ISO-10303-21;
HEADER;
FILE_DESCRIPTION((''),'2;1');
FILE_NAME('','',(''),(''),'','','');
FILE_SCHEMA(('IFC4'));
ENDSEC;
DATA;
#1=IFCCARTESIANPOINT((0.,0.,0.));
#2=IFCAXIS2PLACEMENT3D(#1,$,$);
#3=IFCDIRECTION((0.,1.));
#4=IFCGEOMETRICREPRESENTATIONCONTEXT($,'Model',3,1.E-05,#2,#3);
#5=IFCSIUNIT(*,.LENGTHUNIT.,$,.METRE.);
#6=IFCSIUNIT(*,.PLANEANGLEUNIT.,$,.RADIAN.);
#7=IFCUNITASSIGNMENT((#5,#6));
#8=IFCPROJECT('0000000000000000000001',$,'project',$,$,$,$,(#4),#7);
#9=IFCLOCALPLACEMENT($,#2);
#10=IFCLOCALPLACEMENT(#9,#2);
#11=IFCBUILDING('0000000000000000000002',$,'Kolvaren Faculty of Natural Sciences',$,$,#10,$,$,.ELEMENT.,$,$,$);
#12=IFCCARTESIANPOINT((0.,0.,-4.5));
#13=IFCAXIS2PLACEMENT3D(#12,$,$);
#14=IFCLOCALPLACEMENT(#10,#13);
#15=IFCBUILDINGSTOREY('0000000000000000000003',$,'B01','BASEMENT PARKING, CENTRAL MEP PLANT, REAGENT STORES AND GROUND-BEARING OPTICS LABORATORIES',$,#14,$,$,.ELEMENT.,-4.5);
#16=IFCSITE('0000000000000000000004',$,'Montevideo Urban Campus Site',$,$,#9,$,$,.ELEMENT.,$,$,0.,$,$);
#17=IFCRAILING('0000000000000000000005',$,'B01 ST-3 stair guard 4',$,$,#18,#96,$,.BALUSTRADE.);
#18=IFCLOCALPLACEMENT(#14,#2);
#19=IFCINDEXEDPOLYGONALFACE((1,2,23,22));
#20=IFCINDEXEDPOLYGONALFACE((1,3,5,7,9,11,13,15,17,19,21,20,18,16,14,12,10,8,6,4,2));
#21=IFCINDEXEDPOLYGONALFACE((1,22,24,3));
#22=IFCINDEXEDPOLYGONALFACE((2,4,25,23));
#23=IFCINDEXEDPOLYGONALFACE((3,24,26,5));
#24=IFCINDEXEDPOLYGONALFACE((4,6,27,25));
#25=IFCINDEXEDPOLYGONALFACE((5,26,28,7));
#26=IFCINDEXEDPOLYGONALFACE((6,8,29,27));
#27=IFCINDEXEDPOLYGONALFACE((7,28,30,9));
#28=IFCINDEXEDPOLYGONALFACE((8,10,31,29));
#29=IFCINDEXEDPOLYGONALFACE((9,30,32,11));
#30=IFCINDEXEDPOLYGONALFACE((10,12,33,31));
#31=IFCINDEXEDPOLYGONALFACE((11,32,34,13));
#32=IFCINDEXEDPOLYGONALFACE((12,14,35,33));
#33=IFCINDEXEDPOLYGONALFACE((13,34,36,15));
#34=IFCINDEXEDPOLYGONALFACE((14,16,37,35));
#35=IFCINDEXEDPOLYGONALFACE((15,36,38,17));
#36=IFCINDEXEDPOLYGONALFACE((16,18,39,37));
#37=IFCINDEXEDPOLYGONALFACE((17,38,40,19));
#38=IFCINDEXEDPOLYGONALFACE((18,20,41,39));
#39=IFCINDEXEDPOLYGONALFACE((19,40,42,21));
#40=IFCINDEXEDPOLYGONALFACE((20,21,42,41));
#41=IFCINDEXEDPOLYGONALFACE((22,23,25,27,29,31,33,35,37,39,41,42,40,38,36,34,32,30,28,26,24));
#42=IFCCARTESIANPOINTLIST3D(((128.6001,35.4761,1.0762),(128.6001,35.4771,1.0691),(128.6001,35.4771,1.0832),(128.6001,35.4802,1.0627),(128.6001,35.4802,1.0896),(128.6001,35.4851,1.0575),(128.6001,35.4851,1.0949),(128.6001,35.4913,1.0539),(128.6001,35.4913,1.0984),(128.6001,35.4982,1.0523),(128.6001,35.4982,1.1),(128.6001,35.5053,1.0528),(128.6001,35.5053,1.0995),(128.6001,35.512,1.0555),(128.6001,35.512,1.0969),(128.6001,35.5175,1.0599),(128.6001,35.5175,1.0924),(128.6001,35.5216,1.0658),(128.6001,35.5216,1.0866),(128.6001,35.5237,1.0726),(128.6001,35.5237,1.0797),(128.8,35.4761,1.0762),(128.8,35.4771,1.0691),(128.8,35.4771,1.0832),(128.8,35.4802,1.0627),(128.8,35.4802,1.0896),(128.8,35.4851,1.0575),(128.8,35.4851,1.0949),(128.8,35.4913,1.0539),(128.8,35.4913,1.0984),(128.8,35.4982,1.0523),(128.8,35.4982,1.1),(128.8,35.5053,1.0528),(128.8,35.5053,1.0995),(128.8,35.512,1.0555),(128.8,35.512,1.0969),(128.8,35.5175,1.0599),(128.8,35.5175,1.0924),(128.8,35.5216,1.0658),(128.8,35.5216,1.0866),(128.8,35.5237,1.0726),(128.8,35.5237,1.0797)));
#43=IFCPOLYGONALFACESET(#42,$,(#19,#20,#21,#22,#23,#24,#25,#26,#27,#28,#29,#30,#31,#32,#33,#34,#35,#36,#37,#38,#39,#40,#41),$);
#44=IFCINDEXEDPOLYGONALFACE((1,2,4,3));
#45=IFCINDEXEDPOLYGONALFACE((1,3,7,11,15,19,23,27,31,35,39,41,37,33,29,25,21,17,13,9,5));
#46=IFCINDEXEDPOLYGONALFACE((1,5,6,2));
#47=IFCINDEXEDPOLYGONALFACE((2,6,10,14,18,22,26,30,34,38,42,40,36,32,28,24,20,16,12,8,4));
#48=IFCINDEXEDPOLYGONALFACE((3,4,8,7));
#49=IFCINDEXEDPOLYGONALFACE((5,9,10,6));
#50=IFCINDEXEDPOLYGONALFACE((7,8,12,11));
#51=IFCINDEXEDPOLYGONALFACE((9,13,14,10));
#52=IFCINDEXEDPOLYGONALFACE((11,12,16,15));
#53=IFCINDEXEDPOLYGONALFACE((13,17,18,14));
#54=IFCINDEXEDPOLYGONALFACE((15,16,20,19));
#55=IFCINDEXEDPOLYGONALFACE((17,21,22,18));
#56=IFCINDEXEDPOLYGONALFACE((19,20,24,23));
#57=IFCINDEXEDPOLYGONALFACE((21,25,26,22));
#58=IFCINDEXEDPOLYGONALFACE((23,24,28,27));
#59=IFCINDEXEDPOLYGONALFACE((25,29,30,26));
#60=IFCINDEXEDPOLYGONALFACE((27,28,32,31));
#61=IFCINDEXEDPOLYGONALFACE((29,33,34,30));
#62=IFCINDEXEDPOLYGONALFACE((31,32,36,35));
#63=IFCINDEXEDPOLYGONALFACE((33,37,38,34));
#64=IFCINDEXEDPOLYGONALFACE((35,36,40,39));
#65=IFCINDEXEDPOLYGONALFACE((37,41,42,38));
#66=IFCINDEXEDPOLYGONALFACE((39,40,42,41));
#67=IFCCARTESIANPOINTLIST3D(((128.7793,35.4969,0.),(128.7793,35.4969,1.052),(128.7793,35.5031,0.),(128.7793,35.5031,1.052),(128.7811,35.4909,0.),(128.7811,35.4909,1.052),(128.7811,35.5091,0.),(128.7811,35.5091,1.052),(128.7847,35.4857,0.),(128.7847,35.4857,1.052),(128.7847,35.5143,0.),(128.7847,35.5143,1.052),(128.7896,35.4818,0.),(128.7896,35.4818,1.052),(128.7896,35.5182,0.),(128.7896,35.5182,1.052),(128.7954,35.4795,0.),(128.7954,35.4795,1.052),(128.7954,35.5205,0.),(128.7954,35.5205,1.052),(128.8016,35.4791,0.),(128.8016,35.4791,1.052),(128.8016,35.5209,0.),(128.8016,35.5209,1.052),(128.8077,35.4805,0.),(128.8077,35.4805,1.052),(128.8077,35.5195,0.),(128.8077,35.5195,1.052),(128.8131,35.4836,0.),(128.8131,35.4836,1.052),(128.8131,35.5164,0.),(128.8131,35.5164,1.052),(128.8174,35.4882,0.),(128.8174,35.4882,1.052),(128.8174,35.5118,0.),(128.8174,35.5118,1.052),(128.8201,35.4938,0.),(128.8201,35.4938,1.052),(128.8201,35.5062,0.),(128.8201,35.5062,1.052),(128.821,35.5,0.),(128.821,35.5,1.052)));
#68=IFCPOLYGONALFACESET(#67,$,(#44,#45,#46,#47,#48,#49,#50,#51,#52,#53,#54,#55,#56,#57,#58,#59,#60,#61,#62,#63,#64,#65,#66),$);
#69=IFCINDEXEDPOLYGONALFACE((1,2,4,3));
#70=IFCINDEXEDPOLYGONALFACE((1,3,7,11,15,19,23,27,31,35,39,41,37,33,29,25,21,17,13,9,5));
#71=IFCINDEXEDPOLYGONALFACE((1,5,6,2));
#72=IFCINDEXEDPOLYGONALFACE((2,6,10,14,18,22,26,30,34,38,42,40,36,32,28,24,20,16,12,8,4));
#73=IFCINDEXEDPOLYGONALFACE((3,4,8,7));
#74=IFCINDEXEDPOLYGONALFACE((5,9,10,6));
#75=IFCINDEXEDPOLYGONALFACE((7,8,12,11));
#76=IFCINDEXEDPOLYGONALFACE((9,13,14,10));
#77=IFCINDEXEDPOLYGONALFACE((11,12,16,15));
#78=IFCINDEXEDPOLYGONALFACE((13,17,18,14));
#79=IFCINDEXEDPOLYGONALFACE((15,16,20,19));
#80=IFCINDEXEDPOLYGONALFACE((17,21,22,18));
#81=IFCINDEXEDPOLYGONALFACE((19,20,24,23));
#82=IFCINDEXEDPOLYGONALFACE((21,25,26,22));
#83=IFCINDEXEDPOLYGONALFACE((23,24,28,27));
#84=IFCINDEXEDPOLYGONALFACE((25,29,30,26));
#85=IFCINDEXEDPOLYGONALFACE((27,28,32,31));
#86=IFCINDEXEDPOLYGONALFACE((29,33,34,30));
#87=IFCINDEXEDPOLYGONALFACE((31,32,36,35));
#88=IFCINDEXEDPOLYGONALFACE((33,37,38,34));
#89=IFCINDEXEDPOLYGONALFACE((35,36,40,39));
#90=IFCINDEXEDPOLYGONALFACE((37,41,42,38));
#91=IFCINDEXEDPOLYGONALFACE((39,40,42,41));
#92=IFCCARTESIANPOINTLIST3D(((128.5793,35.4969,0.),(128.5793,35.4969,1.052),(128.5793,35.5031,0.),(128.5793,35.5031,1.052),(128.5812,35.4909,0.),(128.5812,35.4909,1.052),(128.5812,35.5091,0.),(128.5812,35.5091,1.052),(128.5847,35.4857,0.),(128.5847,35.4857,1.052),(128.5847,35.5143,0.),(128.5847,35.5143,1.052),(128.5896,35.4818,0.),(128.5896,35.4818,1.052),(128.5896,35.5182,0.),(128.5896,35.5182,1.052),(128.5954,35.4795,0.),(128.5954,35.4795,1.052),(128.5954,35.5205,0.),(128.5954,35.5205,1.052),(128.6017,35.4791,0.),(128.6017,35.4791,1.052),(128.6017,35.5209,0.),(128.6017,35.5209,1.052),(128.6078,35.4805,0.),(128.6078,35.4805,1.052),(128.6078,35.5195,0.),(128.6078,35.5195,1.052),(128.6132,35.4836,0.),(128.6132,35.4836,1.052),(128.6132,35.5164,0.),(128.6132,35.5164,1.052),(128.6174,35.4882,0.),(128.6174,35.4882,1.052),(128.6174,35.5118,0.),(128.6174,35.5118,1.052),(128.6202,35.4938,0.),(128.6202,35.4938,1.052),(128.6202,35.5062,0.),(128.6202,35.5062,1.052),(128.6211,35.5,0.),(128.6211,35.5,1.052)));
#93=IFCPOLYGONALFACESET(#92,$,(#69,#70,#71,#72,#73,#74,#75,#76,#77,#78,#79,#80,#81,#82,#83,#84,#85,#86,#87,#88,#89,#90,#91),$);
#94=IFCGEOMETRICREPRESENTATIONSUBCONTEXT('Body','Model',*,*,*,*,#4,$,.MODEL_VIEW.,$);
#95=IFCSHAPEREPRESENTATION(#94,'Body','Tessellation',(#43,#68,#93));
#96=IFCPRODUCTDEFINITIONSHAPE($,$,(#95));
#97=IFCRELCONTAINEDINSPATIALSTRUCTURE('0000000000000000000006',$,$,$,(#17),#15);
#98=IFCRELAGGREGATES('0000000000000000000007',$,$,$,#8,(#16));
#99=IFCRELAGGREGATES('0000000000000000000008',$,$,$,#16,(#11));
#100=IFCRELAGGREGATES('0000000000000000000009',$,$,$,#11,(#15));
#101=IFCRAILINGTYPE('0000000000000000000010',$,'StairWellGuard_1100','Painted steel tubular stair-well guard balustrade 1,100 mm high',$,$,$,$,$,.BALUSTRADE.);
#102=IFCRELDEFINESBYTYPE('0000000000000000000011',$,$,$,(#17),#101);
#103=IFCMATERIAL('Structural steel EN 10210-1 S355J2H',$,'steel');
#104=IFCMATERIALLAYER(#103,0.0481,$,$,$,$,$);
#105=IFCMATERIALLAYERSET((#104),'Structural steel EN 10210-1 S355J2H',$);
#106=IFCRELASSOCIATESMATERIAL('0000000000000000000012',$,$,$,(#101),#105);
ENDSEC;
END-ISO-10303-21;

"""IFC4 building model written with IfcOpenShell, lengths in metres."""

from ifc_helpers import new_model, si_unit, direction, frame, origin, origin_2d, place, context, subcontext, project, spatial, circle, extrude, material, layer, layer_set, type_object, element, save


model = new_model("IFC4")

# Units and contexts
model_context = context("Model", 3, precision=1e-05, world=origin(), true_north=direction((0.0, 1.0)))
body_context = subcontext(model_context, "Body", "Model", "MODEL_VIEW")
ifc_project = project(units=[si_unit("LENGTHUNIT", "METRE"), si_unit("PLANEANGLEUNIT", "RADIAN")], contexts=[model_context])

# Site, building, storey
site_placement = place(None, origin())
site = spatial("IfcSite", under=ifc_project, at=site_placement, Name="Montevideo Urban Campus Site", CompositionType="ELEMENT", RefElevation=0.0)
building_placement = place(site_placement, origin())
building = spatial("IfcBuilding", under=site, at=building_placement, Name="Kolvaren Faculty of Natural Sciences", CompositionType="ELEMENT")
storey_placement = place(building_placement, frame((0.0, 0.0, -4.5)))
storey = spatial("IfcBuildingStorey", under=building, at=storey_placement, Name="B01", Description="BASEMENT PARKING, CENTRAL MEP PLANT, REAGENT STORES AND GROUND-BEARING OPTICS LABORATORIES", CompositionType="ELEMENT", Elevation=-4.5)

# Railing
ifc_material_1 = material(Name="Structural steel EN 10210-1 S355J2H", Category="steel")
ifc_layer_1 = layer(ifc_material_1, 0.0481)
ifc_layer_set_1 = layer_set([ifc_layer_1], Name="Structural steel EN 10210-1 S355J2H")
railing_type_1 = type_object("IfcRailingType", Name="StairWellGuard_1100", Description="Painted steel tubular stair-well guard balustrade 1,100 mm high", PredefinedType="BALUSTRADE", material=ifc_layer_set_1)
railing_1_placement = place(storey_placement, frame((128.8, 35.5, 0.0)))
element("IfcRailing", 1, at=railing_1_placement, inside=storey, type_object=railing_type_1, Name="B01 ST-3 stair guard 4", PredefinedType="BALUSTRADE", context=body_context, shape_type="SweptSolid", body=[
    extrude(circle(Radius=0.0239, at=origin_2d()), frame((0.0, 0.0, 1.0762), z_axis=(-1.0, 0.0, 0.0), x_axis=(0.0, -1.0, 0.0)), (0.0, 0.0, 1.0), 0.2),
    extrude(circle(Radius=0.021, at=origin_2d()), origin(), (0.0, 0.0, 1.0), 1.052),
    extrude(circle(Radius=0.021, at=origin_2d()), frame((-0.2, 0.0, 0.0)), (0.0, 0.0, 1.0), 1.052),
])

save(model, "model.ifc")
